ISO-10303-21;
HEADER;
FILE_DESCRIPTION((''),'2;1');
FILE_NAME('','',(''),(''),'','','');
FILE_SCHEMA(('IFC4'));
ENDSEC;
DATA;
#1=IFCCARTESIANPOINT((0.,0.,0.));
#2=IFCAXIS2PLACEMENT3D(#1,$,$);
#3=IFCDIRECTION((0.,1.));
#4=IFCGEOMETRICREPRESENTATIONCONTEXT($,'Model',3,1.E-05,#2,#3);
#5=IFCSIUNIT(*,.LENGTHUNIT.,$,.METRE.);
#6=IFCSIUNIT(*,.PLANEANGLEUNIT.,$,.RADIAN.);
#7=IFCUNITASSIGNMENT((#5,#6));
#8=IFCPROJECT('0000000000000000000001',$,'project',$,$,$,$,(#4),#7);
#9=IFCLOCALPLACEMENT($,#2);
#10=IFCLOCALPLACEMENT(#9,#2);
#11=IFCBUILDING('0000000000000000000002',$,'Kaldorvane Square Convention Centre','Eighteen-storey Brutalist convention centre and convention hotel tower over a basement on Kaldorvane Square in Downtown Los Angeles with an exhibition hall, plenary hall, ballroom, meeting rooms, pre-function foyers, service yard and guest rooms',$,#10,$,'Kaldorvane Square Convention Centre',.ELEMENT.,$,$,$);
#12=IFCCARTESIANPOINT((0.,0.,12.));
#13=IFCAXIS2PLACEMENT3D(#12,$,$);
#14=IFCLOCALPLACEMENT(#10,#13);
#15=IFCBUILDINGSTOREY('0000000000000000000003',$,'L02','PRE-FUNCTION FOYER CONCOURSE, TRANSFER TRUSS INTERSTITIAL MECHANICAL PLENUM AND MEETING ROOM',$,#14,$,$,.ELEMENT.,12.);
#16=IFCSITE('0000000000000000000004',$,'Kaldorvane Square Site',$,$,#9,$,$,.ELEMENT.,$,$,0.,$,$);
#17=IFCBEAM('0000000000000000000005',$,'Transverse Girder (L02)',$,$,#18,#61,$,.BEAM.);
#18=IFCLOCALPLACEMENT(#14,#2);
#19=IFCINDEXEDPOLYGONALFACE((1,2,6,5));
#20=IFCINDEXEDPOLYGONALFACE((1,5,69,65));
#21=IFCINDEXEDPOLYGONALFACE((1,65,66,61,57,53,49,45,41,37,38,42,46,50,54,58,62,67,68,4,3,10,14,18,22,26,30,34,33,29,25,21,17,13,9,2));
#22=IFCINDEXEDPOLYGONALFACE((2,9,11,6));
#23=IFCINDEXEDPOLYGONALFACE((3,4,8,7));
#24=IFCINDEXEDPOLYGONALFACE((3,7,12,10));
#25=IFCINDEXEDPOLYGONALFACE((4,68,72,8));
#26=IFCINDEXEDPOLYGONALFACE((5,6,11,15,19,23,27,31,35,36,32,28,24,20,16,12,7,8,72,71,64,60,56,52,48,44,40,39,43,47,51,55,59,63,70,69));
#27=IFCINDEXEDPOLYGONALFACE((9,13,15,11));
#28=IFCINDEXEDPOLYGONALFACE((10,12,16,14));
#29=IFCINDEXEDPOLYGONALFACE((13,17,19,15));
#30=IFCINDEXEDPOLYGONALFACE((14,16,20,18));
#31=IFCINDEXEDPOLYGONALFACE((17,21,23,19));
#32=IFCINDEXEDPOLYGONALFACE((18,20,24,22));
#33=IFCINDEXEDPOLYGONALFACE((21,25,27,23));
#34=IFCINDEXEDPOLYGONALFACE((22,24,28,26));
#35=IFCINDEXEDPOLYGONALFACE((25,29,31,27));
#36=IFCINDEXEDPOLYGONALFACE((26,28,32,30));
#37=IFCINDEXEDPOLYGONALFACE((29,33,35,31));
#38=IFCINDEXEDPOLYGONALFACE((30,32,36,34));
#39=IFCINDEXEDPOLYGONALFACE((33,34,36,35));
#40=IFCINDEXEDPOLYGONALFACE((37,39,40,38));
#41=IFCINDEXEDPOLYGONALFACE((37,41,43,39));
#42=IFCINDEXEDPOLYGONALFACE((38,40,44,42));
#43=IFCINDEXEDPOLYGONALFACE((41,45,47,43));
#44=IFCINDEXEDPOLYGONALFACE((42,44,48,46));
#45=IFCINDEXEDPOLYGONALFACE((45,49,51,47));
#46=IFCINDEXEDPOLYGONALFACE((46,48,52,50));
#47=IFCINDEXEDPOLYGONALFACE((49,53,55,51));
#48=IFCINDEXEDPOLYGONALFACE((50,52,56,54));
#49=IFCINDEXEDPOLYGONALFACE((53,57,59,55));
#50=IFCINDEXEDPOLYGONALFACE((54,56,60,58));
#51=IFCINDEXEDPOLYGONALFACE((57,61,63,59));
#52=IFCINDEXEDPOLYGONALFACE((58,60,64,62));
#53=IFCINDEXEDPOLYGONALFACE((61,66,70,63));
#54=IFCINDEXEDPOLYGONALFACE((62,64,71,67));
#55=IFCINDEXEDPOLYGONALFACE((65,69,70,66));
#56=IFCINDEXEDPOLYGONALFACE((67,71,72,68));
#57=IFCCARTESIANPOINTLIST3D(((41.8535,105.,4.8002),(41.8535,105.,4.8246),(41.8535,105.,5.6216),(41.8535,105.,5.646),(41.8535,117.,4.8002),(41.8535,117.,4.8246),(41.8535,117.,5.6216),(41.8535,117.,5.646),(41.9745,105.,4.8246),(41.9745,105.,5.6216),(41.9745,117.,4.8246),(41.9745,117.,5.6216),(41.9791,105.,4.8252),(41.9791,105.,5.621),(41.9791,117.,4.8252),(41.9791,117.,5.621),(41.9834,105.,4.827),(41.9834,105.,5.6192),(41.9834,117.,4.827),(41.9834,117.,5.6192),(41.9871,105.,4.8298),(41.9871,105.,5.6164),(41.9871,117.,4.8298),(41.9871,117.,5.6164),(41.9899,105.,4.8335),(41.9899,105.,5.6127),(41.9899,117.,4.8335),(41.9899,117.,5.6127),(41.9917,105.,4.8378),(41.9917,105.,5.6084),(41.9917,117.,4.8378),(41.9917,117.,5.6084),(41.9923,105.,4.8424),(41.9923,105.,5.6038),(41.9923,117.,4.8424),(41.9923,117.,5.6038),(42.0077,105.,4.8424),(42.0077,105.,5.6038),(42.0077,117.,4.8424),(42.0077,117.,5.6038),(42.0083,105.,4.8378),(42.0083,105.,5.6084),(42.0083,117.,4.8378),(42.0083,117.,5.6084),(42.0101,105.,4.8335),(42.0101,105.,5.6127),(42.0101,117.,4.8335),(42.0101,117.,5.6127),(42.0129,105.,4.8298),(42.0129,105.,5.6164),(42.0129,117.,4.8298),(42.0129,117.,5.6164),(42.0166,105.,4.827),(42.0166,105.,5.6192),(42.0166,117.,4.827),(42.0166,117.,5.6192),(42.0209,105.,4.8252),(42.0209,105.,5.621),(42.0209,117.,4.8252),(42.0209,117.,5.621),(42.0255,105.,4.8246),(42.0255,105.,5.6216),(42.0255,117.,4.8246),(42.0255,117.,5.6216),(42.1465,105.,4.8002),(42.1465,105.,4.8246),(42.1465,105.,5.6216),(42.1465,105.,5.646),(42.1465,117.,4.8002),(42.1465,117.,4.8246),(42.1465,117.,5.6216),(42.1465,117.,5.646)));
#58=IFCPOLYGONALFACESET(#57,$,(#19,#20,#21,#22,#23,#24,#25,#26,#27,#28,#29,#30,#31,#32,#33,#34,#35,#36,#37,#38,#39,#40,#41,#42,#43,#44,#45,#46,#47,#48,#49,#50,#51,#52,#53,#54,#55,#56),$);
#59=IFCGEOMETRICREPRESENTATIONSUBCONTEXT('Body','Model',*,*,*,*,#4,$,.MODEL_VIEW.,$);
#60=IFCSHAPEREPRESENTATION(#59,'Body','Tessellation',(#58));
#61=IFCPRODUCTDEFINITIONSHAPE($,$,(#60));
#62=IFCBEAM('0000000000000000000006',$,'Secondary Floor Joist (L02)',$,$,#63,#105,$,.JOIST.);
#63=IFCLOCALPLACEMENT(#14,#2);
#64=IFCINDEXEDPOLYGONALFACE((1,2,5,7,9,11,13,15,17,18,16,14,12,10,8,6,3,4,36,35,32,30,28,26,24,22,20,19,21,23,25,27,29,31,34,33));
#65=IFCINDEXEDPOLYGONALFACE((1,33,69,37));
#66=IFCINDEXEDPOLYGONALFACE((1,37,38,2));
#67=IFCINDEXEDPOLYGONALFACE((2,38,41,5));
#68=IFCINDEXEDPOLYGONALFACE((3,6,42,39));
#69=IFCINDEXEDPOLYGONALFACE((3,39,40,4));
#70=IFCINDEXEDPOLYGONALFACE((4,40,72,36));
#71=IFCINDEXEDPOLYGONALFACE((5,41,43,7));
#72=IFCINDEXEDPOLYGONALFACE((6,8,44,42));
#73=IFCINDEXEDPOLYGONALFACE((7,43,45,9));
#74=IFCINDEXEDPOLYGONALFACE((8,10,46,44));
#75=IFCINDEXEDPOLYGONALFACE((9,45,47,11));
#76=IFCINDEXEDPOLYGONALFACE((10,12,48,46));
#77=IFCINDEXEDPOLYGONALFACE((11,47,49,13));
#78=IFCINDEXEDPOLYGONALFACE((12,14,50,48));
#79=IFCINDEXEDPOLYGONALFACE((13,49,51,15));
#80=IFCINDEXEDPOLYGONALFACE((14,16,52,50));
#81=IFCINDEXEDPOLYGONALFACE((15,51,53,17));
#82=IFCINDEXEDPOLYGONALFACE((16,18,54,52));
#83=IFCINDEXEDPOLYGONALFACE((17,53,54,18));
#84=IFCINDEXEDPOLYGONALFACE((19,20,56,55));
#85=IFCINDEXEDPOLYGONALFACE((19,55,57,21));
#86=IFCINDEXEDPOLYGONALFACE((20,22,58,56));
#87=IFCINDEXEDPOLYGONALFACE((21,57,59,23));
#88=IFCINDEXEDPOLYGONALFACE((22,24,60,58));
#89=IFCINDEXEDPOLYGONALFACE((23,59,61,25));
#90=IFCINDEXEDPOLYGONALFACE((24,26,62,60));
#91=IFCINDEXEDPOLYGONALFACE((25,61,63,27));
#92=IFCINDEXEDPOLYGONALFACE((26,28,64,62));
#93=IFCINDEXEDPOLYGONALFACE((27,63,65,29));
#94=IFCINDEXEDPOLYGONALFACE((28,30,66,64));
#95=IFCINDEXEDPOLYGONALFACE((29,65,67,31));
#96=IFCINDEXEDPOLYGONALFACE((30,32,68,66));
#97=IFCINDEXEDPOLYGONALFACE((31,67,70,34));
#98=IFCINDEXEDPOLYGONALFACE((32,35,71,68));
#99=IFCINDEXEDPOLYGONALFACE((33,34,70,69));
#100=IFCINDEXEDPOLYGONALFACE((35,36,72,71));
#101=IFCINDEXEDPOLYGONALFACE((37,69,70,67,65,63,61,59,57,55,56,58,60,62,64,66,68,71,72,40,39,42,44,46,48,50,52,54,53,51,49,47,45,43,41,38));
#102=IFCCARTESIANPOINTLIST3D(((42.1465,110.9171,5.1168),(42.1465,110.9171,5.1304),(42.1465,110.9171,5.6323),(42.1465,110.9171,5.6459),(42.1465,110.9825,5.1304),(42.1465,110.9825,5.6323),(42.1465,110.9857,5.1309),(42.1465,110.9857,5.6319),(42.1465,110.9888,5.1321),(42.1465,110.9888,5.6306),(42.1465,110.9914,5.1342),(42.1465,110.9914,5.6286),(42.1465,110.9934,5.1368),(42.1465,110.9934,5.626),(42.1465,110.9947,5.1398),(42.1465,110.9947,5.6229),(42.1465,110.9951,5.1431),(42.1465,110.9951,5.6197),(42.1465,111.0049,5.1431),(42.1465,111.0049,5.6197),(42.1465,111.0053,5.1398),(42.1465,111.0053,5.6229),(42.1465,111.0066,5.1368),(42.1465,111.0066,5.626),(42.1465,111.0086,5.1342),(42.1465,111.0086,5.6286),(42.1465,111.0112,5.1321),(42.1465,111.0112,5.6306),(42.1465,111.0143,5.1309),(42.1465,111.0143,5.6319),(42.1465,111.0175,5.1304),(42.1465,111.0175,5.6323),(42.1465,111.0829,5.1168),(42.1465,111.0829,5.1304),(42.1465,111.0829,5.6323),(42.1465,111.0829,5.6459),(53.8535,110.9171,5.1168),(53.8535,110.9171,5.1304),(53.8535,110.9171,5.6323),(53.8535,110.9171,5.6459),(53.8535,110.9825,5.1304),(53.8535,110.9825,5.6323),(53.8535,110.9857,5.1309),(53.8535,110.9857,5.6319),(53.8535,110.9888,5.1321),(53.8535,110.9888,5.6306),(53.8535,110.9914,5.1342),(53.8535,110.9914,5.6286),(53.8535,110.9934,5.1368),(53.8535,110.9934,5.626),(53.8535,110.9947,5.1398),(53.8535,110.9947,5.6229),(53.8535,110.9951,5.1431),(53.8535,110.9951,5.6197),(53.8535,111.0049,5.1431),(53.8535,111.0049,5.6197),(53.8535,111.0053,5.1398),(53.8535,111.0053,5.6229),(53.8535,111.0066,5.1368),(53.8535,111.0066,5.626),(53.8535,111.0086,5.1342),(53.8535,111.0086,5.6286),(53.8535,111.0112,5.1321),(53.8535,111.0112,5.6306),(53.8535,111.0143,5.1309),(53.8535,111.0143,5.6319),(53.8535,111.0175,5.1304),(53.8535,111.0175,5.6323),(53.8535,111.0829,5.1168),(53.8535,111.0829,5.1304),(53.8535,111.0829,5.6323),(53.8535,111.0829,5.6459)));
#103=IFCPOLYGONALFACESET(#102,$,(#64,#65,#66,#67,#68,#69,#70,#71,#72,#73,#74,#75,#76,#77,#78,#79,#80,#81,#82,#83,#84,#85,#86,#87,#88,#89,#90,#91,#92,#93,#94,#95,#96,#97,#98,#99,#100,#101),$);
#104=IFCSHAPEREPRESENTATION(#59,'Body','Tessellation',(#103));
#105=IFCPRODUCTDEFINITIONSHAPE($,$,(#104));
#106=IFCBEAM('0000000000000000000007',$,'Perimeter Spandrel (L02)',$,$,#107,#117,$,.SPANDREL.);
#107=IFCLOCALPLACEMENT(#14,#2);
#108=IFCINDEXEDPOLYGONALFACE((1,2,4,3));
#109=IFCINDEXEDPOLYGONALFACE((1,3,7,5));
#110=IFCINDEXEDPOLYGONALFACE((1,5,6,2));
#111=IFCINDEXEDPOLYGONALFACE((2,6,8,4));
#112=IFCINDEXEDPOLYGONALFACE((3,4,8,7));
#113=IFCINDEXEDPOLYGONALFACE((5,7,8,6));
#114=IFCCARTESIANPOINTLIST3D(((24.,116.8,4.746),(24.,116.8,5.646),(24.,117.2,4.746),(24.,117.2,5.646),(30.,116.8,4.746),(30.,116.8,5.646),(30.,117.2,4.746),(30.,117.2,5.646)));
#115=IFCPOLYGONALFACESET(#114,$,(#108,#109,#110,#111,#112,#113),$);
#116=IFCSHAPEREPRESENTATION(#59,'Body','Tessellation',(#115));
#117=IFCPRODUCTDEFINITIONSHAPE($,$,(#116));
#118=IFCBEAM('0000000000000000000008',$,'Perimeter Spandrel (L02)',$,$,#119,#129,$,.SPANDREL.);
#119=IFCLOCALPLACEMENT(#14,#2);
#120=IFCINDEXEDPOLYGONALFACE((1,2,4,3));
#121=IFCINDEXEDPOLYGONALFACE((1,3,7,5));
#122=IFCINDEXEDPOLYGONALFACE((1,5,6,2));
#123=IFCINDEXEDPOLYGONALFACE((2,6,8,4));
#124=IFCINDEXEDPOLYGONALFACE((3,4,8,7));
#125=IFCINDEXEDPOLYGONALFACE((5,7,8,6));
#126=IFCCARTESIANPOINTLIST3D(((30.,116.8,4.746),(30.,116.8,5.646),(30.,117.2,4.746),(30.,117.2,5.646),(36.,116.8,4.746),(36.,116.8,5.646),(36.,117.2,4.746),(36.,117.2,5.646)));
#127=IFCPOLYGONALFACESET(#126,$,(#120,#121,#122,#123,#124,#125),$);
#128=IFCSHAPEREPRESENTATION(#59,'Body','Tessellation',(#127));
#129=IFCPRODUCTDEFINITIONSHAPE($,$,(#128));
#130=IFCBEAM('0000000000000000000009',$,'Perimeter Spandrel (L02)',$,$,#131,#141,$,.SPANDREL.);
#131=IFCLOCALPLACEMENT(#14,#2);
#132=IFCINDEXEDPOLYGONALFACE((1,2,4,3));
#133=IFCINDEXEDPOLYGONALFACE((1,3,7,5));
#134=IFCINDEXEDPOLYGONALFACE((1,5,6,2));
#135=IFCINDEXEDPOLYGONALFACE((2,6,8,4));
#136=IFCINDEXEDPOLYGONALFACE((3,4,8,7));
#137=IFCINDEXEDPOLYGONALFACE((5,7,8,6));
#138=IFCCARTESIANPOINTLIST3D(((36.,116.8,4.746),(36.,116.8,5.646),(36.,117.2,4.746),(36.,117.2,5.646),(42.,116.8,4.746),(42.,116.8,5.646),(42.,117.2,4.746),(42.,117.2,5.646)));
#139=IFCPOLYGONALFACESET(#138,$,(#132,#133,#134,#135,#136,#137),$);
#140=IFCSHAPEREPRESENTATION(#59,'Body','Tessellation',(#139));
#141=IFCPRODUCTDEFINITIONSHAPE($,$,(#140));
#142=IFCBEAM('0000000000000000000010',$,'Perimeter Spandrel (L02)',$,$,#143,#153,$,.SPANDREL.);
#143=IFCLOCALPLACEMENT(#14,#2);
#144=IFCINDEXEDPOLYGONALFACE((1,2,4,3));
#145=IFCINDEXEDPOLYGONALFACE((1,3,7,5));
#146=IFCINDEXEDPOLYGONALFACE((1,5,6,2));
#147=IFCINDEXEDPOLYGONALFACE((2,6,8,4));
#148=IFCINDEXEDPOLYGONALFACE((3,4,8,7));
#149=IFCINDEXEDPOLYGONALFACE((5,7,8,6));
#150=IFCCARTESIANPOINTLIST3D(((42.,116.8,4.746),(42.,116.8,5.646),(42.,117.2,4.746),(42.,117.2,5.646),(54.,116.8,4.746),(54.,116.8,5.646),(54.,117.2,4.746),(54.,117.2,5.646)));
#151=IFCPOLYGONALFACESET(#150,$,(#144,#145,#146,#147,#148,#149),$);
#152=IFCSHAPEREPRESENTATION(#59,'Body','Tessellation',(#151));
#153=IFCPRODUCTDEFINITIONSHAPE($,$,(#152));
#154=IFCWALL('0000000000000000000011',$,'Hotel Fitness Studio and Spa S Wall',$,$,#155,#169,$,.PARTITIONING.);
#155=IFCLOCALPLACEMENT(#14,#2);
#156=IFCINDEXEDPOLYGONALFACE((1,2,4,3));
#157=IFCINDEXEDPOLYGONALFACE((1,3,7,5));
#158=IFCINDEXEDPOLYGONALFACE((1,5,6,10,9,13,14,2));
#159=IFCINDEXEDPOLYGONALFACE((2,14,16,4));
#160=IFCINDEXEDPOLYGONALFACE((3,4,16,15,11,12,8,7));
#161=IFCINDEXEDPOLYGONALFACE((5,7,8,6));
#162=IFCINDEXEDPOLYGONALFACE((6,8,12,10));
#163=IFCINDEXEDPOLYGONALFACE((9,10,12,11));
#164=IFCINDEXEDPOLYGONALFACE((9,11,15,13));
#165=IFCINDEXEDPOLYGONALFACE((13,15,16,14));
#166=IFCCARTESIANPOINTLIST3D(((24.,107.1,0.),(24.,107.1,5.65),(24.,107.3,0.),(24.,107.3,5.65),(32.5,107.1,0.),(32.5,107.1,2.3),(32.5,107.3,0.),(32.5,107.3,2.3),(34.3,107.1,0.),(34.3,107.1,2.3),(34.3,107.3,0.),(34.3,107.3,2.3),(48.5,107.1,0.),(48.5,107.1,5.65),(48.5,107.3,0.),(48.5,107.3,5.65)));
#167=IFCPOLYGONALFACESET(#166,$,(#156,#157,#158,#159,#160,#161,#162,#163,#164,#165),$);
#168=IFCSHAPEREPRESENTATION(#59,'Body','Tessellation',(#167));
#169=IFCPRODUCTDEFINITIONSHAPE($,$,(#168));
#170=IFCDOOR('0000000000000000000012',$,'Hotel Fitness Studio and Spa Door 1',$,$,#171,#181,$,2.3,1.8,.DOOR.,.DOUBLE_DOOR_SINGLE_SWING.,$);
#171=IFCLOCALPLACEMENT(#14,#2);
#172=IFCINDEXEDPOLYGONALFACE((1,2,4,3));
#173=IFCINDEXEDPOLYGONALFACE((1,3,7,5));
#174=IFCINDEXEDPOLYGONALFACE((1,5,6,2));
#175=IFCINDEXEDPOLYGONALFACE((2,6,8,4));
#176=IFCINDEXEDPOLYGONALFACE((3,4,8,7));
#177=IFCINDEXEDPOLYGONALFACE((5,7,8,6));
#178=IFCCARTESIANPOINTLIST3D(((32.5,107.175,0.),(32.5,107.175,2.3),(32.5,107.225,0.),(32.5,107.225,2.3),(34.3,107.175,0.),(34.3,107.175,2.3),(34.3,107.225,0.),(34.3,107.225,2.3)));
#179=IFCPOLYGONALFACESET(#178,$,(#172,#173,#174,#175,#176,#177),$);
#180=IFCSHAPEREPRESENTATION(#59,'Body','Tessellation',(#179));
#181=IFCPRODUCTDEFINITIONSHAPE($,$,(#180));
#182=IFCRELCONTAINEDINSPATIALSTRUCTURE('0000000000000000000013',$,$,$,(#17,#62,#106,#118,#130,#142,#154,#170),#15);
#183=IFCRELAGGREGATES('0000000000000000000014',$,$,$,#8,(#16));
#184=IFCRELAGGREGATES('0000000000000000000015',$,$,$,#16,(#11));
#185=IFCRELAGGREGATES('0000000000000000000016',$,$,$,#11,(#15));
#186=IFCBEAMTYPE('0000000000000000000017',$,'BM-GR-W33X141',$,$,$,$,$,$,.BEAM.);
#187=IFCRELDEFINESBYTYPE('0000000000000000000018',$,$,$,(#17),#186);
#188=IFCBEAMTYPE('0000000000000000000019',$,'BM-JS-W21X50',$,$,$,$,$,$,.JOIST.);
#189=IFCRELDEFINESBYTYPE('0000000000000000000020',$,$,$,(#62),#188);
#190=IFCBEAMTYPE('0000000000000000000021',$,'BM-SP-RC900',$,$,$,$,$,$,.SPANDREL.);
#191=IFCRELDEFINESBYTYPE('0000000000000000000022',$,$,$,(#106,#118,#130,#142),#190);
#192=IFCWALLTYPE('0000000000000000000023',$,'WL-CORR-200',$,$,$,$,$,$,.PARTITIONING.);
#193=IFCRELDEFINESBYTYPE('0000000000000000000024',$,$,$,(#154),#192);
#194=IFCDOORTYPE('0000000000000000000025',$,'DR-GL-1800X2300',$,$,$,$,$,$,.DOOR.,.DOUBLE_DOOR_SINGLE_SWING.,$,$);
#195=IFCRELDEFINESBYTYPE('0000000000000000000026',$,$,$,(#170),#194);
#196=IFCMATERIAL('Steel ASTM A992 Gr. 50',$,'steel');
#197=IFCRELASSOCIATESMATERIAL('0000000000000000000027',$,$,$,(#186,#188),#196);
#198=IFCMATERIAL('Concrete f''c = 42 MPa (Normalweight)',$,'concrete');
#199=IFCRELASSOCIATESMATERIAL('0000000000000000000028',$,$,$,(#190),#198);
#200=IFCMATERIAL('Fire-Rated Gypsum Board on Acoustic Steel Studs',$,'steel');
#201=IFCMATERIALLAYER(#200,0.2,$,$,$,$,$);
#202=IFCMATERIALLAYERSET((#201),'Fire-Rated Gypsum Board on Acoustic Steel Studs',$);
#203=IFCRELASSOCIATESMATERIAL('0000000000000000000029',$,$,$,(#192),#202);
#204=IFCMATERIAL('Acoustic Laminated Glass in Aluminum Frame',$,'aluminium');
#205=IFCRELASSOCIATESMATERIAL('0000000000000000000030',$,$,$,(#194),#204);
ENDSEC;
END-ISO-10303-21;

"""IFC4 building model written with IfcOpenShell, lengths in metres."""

from ifc_helpers import new_model, si_unit, direction, frame, frame_2d, origin, origin_2d, place, context, subcontext, project, spatial, rectangle, i_section, extrude, material, layer, layer_set, material_profile, profile_set, type_object, element, fill, save


model = new_model("IFC4")

# Units and contexts
model_context = context("Model", 3, precision=1e-05, world=origin(), true_north=direction((0.0, 1.0)))
body_context = subcontext(model_context, "Body", "Model", "MODEL_VIEW")
ifc_project = project(units=[si_unit("LENGTHUNIT", "METRE"), si_unit("PLANEANGLEUNIT", "RADIAN")], contexts=[model_context])

# Site, building, storey
site_placement = place(None, origin())
site = spatial("IfcSite", under=ifc_project, at=site_placement, Name="Kaldorvane Square Site", CompositionType="ELEMENT", RefElevation=0.0)
building_placement = place(site_placement, origin())
building = spatial("IfcBuilding", under=site, at=building_placement, Name="Kaldorvane Square Convention Centre", Description="Eighteen-storey Brutalist convention centre and convention hotel tower over a basement on Kaldorvane Square in Downtown Los Angeles with an exhibition hall, plenary hall, ballroom, meeting rooms, pre-function foyers, service yard and guest rooms", LongName="Kaldorvane Square Convention Centre", CompositionType="ELEMENT")
storey_placement = place(building_placement, frame((0.0, 0.0, 12.0)))
storey = spatial("IfcBuildingStorey", under=building, at=storey_placement, Name="L02", Description="PRE-FUNCTION FOYER CONCOURSE, TRANSFER TRUSS INTERSTITIAL MECHANICAL PLENUM AND MEETING ROOM", CompositionType="ELEMENT", Elevation=12.0)

# Shared definitions
ifc_material_1 = material(Name="Steel ASTM A992 Gr. 50", Category="steel")

# Beams
ifc_material_profile_1 = material_profile(ifc_material_1, i_section(OverallWidth=0.293, OverallDepth=0.8458, WebThickness=0.0154, FlangeThickness=0.0244, FilletRadius=0.0178, at=origin_2d()), Name="W33X141")
ifc_profile_set_1 = profile_set([ifc_material_profile_1], Name="Steel ASTM A992 Gr. 50")
beam_type_1 = type_object("IfcBeamType", Name="BM-GR-W33X141", PredefinedType="BEAM", material=ifc_profile_set_1)
for number, where, z_axis, x_axis, name in (
    (1, (42.0, 105.0, 5.2231), (0.0, 1.0, 0.0), (-1.0, 0.0, 0.0), "Transverse Girder (L02)"),
):
    element("IfcBeam", number, at=place(storey_placement, frame(where, z_axis=z_axis, x_axis=x_axis)), inside=storey, type_object=beam_type_1, Name=name, PredefinedType="BEAM", context=body_context, shape_type="SweptSolid", body=[
        extrude(i_section(OverallWidth=0.293, OverallDepth=0.8458, WebThickness=0.0154, FlangeThickness=0.0244, FilletRadius=0.0178, at=origin_2d()), origin(), (0.0, 0.0, 1.0), 12.0),
    ])
ifc_material_profile_2 = material_profile(ifc_material_1, i_section(OverallWidth=0.1659, OverallDepth=0.5291, WebThickness=0.0097, FlangeThickness=0.0136, FilletRadius=0.0127, at=origin_2d()), Name="W21X50")
ifc_profile_set_2 = profile_set([ifc_material_profile_2], Name="Steel ASTM A992 Gr. 50")
beam_type_2 = type_object("IfcBeamType", Name="BM-JS-W21X50", PredefinedType="JOIST", material=ifc_profile_set_2)
beam_1_placement = place(storey_placement, frame((42.1465, 111.0, 5.3814), z_axis=(1.0, 0.0, 0.0), x_axis=(0.0, 1.0, 0.0)))
element("IfcBeam", 2, at=beam_1_placement, inside=storey, type_object=beam_type_2, Name="Secondary Floor Joist (L02)", PredefinedType="JOIST", context=body_context, shape_type="SweptSolid", body=[
    extrude(i_section(OverallWidth=0.1659, OverallDepth=0.5291, WebThickness=0.0097, FlangeThickness=0.0136, FilletRadius=0.0127, at=origin_2d()), origin(), (0.0, 0.0, 1.0), 11.707),
])
ifc_material_2 = material(Name="Concrete f'c = 42 MPa (Normalweight)", Category="concrete")
ifc_material_profile_3 = material_profile(ifc_material_2, rectangle(XDim=0.4, YDim=0.9, at=origin_2d()), Name="RCSP900X400")
ifc_profile_set_3 = profile_set([ifc_material_profile_3], Name="Concrete f'c = 42 MPa (Normalweight)")
beam_type_3 = type_object("IfcBeamType", Name="BM-SP-RC900", PredefinedType="SPANDREL", material=ifc_profile_set_3)
for number, where, z_axis, x_axis, name in (
    (3, (24.0, 117.0, 5.196), (1.0, 0.0, 0.0), (0.0, 1.0, 0.0), "Perimeter Spandrel (L02)"),
    (4, (30.0, 117.0, 5.196), (1.0, 0.0, 0.0), (0.0, 1.0, 0.0), "Perimeter Spandrel (L02)"),
    (5, (36.0, 117.0, 5.196), (1.0, 0.0, 0.0), (0.0, 1.0, 0.0), "Perimeter Spandrel (L02)"),
):
    element("IfcBeam", number, at=place(storey_placement, frame(where, z_axis=z_axis, x_axis=x_axis)), inside=storey, type_object=beam_type_3, Name=name, PredefinedType="SPANDREL", context=body_context, shape_type="SweptSolid", body=[
        extrude(rectangle(XDim=0.4, YDim=0.9, at=origin_2d()), origin(), (0.0, 0.0, 1.0), 6.0),
    ])
beam_2_placement = place(storey_placement, frame((42.0, 117.0, 5.196), z_axis=(1.0, 0.0, 0.0), x_axis=(0.0, 1.0, 0.0)))
element("IfcBeam", 6, at=beam_2_placement, inside=storey, type_object=beam_type_3, Name="Perimeter Spandrel (L02)", PredefinedType="SPANDREL", context=body_context, shape_type="SweptSolid", body=[
    extrude(rectangle(XDim=0.4, YDim=0.9, at=origin_2d()), origin(), (0.0, 0.0, 1.0), 12.0),
])

# Wall, opening, door
ifc_material_3 = material(Name="Fire-Rated Gypsum Board on Acoustic Steel Studs", Category="steel")
ifc_layer_1 = layer(ifc_material_3, 0.2)
ifc_layer_set_1 = layer_set([ifc_layer_1], Name="Fire-Rated Gypsum Board on Acoustic Steel Studs")
wall_type_1 = type_object("IfcWallType", Name="WL-CORR-200", PredefinedType="PARTITIONING", material=ifc_layer_set_1)
wall_1_placement = place(storey_placement, frame((24.0, 107.2, 0.0), z_axis=(0.0, 0.0, 1.0), x_axis=(1.0, 0.0, 0.0)))
wall_1 = element("IfcWall", 7, at=wall_1_placement, inside=storey, type_object=wall_type_1, Name="Hotel Fitness Studio and Spa S Wall", PredefinedType="PARTITIONING", context=body_context, shape_type="SweptSolid", body=[
    extrude(rectangle(XDim=24.5, YDim=0.2, at=frame_2d((12.25, 0.0))), origin(), (0.0, 0.0, 1.0), 5.65),
])
opening_1_placement = place(wall_1_placement, frame((8.5, 0.0, 0.0)))
opening_1 = element("IfcOpeningElement", 8, at=opening_1_placement, cuts=wall_1, PredefinedType="OPENING", context=body_context, shape_type="SweptSolid", body=[
    extrude(rectangle(XDim=1.8, YDim=2.3, at=frame_2d((0.9, 1.15))), frame((0.0, 0.115, 0.0), z_axis=(0.0, -1.0, 0.0), x_axis=(1.0, 0.0, 0.0)), (0.0, 0.0, 1.0), 0.23),
])
ifc_material_4 = material(Name="Acoustic Laminated Glass in Aluminum Frame", Category="aluminium")
door_type = type_object("IfcDoorType", Name="DR-GL-1800X2300", OperationType="DOUBLE_DOOR_SINGLE_SWING", PredefinedType="DOOR", material=ifc_material_4)
door_placement = place(opening_1_placement, origin())
door = element("IfcDoor", 9, at=door_placement, inside=storey, type_object=door_type, Name="Hotel Fitness Studio and Spa Door 1", OperationType="DOUBLE_DOOR_SINGLE_SWING", OverallHeight=2.3, OverallWidth=1.8, PredefinedType="DOOR", context=body_context, shape_type="SweptSolid", body=[
    extrude(rectangle(XDim=1.8, YDim=2.3, at=frame_2d((0.9, 1.15))), frame((0.0, 0.025, 0.0), z_axis=(0.0, -1.0, 0.0), x_axis=(1.0, 0.0, 0.0)), (0.0, 0.0, 1.0), 0.05),
])
fill(opening_1, door)

save(model, "model.ifc")
